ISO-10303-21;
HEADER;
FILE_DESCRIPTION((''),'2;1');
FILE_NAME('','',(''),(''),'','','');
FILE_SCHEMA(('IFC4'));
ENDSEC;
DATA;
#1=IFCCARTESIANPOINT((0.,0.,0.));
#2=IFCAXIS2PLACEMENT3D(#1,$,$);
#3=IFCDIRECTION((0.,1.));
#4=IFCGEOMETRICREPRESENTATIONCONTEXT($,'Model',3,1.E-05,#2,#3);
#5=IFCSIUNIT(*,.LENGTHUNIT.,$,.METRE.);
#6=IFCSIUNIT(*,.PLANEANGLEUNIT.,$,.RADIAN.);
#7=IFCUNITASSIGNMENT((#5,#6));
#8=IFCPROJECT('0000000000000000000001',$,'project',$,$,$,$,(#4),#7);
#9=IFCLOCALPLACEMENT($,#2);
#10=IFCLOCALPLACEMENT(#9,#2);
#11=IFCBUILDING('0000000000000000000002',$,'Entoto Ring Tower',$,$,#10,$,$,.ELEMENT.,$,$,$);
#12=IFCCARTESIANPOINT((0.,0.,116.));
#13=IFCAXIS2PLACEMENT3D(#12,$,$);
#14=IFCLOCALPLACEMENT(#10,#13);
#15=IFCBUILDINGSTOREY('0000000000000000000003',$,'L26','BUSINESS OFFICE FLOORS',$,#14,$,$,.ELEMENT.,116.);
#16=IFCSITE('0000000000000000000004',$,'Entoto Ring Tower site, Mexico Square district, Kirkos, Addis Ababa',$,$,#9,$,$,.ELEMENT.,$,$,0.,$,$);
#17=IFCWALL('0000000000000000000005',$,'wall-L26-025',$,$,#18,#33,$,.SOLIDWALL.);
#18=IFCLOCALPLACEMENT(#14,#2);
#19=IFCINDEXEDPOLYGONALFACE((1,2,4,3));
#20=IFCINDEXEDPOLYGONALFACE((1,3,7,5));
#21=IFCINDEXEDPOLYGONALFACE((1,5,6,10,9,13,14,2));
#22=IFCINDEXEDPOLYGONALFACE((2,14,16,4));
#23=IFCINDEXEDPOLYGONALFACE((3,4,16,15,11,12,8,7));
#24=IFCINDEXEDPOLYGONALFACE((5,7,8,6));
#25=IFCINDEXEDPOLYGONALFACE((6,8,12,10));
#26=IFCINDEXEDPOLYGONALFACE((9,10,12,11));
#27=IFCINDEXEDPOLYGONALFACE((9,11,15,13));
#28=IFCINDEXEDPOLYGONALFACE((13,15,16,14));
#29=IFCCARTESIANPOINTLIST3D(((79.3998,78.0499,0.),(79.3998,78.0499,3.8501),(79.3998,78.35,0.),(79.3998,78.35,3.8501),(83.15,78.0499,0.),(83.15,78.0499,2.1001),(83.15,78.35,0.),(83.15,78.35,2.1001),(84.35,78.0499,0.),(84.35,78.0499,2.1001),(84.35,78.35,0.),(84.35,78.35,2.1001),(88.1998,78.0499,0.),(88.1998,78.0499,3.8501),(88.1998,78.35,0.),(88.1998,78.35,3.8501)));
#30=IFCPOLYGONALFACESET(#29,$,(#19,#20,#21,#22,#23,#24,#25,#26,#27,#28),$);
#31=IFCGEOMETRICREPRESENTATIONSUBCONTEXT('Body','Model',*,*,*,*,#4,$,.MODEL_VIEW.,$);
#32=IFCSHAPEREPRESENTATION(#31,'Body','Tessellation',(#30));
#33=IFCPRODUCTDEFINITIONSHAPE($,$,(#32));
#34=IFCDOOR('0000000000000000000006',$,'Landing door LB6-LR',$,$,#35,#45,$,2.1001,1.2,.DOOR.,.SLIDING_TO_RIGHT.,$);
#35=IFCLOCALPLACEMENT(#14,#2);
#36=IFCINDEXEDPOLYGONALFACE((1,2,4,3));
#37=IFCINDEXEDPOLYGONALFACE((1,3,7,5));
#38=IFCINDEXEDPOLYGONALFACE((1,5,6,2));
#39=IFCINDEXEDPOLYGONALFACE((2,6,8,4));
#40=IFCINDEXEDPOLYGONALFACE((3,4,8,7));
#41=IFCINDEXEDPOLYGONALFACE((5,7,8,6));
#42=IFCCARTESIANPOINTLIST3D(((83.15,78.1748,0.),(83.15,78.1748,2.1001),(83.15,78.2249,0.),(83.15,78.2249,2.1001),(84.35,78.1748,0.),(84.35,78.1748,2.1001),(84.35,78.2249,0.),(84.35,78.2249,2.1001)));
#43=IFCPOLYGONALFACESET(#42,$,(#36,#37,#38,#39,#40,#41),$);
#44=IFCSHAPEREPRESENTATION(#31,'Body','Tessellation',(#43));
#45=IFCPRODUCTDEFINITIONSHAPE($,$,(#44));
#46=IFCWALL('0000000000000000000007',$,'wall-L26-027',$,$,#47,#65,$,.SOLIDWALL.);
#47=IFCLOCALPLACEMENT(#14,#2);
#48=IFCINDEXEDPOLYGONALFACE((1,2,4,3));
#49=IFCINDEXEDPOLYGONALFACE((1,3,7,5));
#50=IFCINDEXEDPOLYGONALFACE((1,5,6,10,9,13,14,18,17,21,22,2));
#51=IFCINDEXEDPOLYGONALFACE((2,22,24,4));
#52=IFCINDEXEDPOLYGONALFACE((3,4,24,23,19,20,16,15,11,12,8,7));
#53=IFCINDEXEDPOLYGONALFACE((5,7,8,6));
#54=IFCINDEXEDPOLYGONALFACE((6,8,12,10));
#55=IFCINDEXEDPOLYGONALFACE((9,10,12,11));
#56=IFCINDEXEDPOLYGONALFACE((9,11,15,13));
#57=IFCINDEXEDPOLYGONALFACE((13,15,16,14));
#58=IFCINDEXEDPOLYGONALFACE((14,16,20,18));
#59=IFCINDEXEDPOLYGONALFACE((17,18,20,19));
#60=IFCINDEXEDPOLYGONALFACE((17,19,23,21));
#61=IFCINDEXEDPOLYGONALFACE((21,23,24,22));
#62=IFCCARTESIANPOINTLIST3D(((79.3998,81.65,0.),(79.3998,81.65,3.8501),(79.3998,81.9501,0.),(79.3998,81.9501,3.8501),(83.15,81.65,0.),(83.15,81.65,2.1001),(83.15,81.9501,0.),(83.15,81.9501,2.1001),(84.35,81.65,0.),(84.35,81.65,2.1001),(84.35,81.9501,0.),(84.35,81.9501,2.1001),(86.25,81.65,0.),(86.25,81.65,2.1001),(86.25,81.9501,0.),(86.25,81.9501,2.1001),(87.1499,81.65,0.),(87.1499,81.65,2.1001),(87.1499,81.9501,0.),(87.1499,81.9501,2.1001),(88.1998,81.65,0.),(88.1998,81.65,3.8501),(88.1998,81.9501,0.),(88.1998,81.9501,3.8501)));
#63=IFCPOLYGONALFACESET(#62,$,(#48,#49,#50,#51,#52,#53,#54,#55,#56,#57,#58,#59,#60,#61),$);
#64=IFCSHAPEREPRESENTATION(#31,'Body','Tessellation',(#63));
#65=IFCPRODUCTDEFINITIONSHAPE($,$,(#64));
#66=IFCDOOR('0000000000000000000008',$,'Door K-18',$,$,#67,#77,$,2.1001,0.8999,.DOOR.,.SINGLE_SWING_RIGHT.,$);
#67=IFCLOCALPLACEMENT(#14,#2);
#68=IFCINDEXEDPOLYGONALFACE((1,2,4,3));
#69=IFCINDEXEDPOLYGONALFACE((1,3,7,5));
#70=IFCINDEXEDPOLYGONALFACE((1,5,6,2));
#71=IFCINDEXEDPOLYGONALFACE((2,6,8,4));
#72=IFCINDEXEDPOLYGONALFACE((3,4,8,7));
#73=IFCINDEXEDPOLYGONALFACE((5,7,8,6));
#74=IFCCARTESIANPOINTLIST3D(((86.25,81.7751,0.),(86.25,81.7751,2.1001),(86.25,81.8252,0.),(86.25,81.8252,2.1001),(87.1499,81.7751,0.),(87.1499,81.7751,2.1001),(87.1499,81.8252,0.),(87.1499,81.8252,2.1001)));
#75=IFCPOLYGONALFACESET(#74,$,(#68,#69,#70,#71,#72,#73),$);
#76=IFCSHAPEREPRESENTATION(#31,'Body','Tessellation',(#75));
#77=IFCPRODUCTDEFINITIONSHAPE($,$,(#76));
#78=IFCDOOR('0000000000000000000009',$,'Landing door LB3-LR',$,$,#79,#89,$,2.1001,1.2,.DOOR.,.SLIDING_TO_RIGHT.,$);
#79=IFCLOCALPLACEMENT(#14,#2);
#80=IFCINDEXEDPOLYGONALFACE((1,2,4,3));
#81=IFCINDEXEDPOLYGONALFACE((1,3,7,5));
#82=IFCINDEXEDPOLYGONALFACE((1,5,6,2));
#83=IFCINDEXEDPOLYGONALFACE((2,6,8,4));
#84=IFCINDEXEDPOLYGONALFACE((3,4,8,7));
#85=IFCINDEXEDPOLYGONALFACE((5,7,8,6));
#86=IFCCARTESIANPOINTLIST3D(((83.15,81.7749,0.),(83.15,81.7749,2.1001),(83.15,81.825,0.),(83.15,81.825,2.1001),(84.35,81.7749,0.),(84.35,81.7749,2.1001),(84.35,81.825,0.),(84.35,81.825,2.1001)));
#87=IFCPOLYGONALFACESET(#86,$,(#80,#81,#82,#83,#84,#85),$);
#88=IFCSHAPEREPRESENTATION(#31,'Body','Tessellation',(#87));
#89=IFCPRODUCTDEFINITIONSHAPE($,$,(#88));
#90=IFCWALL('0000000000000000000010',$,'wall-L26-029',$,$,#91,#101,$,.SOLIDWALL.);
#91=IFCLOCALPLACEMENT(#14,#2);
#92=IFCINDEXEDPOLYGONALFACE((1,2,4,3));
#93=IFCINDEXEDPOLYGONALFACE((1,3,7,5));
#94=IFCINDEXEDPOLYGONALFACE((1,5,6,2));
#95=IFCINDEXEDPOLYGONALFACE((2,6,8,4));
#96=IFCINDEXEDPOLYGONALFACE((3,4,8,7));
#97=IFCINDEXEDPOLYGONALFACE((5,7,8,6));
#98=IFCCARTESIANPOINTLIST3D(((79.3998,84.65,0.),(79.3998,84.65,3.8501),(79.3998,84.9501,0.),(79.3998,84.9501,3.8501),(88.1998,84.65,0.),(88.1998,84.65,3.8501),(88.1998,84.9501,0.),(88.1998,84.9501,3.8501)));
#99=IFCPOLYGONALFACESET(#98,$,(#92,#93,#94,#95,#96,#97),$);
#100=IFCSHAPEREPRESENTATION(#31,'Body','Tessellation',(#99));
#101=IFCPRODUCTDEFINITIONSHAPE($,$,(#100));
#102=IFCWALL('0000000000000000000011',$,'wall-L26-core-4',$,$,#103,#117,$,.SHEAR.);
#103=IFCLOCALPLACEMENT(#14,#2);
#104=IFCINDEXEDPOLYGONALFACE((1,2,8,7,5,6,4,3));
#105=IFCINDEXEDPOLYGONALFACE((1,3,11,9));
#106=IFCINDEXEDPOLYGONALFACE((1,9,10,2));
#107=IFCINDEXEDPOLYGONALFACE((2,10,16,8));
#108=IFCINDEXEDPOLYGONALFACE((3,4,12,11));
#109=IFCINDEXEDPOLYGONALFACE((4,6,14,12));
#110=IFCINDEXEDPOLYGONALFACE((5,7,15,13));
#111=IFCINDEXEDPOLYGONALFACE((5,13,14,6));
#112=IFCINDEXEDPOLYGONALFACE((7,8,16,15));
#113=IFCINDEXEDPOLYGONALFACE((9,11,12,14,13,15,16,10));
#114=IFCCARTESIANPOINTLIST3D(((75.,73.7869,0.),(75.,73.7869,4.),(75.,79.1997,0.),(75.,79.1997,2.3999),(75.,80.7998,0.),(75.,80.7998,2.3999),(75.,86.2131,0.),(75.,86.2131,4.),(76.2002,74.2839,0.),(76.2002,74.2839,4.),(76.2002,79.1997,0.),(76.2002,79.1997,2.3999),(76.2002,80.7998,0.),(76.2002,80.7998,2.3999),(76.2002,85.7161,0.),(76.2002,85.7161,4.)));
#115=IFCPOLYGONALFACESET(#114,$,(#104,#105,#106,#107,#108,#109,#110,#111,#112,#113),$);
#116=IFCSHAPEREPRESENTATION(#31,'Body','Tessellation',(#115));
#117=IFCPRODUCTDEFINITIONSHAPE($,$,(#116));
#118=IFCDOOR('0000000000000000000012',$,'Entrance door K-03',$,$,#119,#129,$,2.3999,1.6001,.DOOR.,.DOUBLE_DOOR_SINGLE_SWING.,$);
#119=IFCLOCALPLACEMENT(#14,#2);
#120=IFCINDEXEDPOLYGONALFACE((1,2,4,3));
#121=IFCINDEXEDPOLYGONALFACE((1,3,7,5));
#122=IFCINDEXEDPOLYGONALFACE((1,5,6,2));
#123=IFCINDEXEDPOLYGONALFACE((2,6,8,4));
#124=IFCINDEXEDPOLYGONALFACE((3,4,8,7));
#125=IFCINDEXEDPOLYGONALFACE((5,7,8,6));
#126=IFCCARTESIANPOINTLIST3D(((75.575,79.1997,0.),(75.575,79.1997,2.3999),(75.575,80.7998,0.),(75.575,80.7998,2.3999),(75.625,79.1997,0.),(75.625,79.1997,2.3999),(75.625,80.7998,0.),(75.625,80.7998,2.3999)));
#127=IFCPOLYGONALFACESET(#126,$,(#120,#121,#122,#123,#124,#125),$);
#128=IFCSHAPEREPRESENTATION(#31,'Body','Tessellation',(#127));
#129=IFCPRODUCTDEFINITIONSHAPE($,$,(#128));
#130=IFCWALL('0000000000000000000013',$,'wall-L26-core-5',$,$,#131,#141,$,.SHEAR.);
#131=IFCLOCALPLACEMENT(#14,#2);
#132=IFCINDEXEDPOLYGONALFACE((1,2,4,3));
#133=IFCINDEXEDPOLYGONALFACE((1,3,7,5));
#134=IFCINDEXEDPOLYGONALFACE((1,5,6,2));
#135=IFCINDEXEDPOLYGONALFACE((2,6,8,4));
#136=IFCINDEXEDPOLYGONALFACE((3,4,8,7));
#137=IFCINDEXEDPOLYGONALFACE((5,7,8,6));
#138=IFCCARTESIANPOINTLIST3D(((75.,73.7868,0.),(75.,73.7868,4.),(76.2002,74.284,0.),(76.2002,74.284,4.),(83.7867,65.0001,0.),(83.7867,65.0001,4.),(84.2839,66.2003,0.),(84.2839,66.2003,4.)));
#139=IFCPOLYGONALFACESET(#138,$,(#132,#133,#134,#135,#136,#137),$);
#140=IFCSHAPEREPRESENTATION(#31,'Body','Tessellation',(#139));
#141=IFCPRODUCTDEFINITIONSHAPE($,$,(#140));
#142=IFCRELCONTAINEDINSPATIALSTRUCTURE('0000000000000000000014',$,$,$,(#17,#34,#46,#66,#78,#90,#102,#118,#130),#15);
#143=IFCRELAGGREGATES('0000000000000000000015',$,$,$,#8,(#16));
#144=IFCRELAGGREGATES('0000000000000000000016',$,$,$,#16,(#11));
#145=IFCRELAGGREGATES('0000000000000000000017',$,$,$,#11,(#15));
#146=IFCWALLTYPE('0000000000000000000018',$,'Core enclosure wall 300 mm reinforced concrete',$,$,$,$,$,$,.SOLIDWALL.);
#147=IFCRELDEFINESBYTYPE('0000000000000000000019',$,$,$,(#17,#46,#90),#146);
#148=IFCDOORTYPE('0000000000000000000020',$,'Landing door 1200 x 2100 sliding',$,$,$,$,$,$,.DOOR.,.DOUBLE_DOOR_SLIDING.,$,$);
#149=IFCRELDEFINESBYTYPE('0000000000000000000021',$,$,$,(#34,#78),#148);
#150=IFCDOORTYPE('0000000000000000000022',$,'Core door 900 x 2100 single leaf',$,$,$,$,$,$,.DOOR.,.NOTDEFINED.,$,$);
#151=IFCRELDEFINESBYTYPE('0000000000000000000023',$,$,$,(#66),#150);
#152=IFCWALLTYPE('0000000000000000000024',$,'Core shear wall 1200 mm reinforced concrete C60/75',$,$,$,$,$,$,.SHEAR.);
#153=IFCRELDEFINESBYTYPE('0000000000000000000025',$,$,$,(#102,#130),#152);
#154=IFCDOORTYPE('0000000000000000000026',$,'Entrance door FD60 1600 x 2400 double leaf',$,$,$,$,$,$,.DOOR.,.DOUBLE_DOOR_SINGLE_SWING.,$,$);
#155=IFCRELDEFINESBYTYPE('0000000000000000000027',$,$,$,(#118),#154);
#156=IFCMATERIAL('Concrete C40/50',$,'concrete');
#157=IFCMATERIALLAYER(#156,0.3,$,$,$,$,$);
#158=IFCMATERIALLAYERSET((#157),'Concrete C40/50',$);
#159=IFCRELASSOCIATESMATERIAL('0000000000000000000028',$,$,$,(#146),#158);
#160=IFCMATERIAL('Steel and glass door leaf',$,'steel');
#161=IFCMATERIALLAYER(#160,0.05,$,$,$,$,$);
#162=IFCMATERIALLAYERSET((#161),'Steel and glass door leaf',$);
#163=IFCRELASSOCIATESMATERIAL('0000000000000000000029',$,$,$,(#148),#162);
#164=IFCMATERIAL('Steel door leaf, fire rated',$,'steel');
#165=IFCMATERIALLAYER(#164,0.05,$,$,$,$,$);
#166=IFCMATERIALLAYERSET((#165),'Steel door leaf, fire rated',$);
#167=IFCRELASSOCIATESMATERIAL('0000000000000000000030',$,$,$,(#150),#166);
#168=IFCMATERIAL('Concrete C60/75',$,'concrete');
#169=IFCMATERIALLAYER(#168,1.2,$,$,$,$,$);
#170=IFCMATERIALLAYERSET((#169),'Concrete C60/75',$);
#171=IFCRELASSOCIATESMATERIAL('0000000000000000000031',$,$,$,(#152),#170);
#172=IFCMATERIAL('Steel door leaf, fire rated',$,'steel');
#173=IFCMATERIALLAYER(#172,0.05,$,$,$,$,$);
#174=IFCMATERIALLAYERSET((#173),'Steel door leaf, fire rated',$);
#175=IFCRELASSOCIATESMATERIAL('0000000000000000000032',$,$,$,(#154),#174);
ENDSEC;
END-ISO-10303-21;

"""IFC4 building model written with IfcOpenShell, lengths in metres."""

from ifc_helpers import new_model, si_unit, direction, frame, frame_2d, origin, place, context, subcontext, project, spatial, polyline, rectangle, outline, extrude, material, layer, layer_set, type_object, element, fill, save


model = new_model("IFC4")

# Units and contexts
model_context = context("Model", 3, precision=1e-05, world=origin(), true_north=direction((0.0, 1.0)))
body_context = subcontext(model_context, "Body", "Model", "MODEL_VIEW")
ifc_project = project(units=[si_unit("LENGTHUNIT", "METRE"), si_unit("PLANEANGLEUNIT", "RADIAN")], contexts=[model_context])

# Site, building, storey
site_placement = place(None, origin())
site = spatial("IfcSite", under=ifc_project, at=site_placement, Name="Entoto Ring Tower site, Mexico Square district, Kirkos, Addis Ababa", CompositionType="ELEMENT", RefElevation=0.0)
building_placement = place(site_placement, origin())
building = spatial("IfcBuilding", under=site, at=building_placement, Name="Entoto Ring Tower", CompositionType="ELEMENT")
storey_placement = place(building_placement, frame((0.0, 0.0, 116.0)))
storey = spatial("IfcBuildingStorey", under=building, at=storey_placement, Name="L26", Description="BUSINESS OFFICE FLOORS", CompositionType="ELEMENT", Elevation=116.0)

# Shared definitions
ifc_material_1 = material(Name="Concrete C40/50", Category="concrete")
ifc_layer_1 = layer(ifc_material_1, 0.3)
ifc_layer_set_1 = layer_set([ifc_layer_1], Name="Concrete C40/50")
wall_type_1 = type_object("IfcWallType", Name="Core enclosure wall 300 mm reinforced concrete", PredefinedType="SOLIDWALL", material=ifc_layer_set_1)
ifc_material_2 = material(Name="Steel and glass door leaf", Category="steel")
ifc_layer_2 = layer(ifc_material_2, 0.05)
ifc_layer_set_2 = layer_set([ifc_layer_2], Name="Steel and glass door leaf")
door_type_1 = type_object("IfcDoorType", Name="Landing door 1200 x 2100 sliding", OperationType="DOUBLE_DOOR_SLIDING", PredefinedType="DOOR", material=ifc_layer_set_2)

# Wall, opening, door
wall_1_placement = place(storey_placement, frame((79.3999, 78.2, 0.0), z_axis=(0.0, 0.0, 1.0), x_axis=(1.0, 0.0, 0.0)))
wall_1 = element("IfcWall", 1, at=wall_1_placement, inside=storey, type_object=wall_type_1, Name="wall-L26-025", PredefinedType="SOLIDWALL", context=body_context, shape_type="SweptSolid", body=[
    extrude(rectangle(XDim=8.8, YDim=0.3, at=frame_2d((4.3999, 0.0))), origin(), (0.0, 0.0, 1.0), 3.8501),
])
opening_1_placement = place(wall_1_placement, frame((3.75, 0.0, 0.0)))
opening_1 = element("IfcOpeningElement", 2, at=opening_1_placement, cuts=wall_1, PredefinedType="OPENING", context=body_context, shape_type="SweptSolid", body=[
    extrude(rectangle(XDim=1.2, YDim=2.1001, at=frame_2d((0.6001, 1.05))), frame((0.0, 0.1602, 0.0), z_axis=(0.0, -1.0, 0.0), x_axis=(1.0, 0.0, 0.0)), (0.0, 0.0, 1.0), 0.3201),
])
door_1_placement = place(opening_1_placement, origin())
door_1 = element("IfcDoor", 3, at=door_1_placement, inside=storey, type_object=door_type_1, Name="Landing door LB6-LR", OperationType="SLIDING_TO_RIGHT", OverallHeight=2.1001, OverallWidth=1.2, PredefinedType="DOOR", context=body_context, shape_type="SweptSolid", body=[
    extrude(rectangle(XDim=1.2, YDim=2.1001, at=frame_2d((0.6001, 1.05))), frame((0.0, 0.0249, 0.0), z_axis=(0.0, -1.0, 0.0), x_axis=(1.0, 0.0, 0.0)), (0.0, 0.0, 1.0), 0.05),
])
fill(opening_1, door_1)

# Wall, openings, doors
wall_2_placement = place(storey_placement, frame((79.3999, 81.8, 0.0), z_axis=(0.0, 0.0, 1.0), x_axis=(1.0, 0.0, 0.0)))
wall_2 = element("IfcWall", 4, at=wall_2_placement, inside=storey, type_object=wall_type_1, Name="wall-L26-027", PredefinedType="SOLIDWALL", context=body_context, shape_type="SweptSolid", body=[
    extrude(rectangle(XDim=8.8, YDim=0.3, at=frame_2d((4.3999, 0.0))), origin(), (0.0, 0.0, 1.0), 3.8501),
])
opening_2_placement = place(wall_2_placement, frame((3.75, 0.0, 0.0)))
opening_2 = element("IfcOpeningElement", 5, at=opening_2_placement, cuts=wall_2, PredefinedType="OPENING", context=body_context, shape_type="SweptSolid", body=[
    extrude(rectangle(XDim=1.2, YDim=2.1001, at=frame_2d((0.6001, 1.05))), frame((0.0, 0.1602, 0.0), z_axis=(0.0, -1.0, 0.0), x_axis=(1.0, 0.0, 0.0)), (0.0, 0.0, 1.0), 0.3201),
])
opening_3_placement = place(wall_2_placement, frame((6.8501, 0.0, 0.0)))
opening_3 = element("IfcOpeningElement", 6, at=opening_3_placement, cuts=wall_2, PredefinedType="OPENING", context=body_context, shape_type="SweptSolid", body=[
    extrude(rectangle(XDim=0.8999, YDim=2.1001, at=frame_2d((0.45, 1.05))), frame((0.0, 0.1602, 0.0), z_axis=(0.0, -1.0, 0.0), x_axis=(1.0, 0.0, 0.0)), (0.0, 0.0, 1.0), 0.3201),
])
ifc_material_3 = material(Name="Steel door leaf, fire rated", Category="steel")
ifc_layer_3 = layer(ifc_material_3, 0.05)
ifc_layer_set_3 = layer_set([ifc_layer_3], Name="Steel door leaf, fire rated")
door_type_2 = type_object("IfcDoorType", Name="Core door 900 x 2100 single leaf", OperationType="NOTDEFINED", PredefinedType="DOOR", material=ifc_layer_set_3)
door_2_placement = place(opening_3_placement, frame((0.8999, 0.0, 0.0), z_axis=(0.0, 0.0, 1.0), x_axis=(-1.0, 0.0, 0.0)))
door_2 = element("IfcDoor", 7, at=door_2_placement, inside=storey, type_object=door_type_2, Name="Door K-18", OperationType="SINGLE_SWING_RIGHT", OverallHeight=2.1001, OverallWidth=0.8999, PredefinedType="DOOR", context=body_context, shape_type="SweptSolid", body=[
    extrude(rectangle(XDim=0.8999, YDim=2.1001, at=frame_2d((0.45, 1.05))), frame((0.0, 0.0249, 0.0), z_axis=(0.0, -1.0, 0.0), x_axis=(1.0, 0.0, 0.0)), (0.0, 0.0, 1.0), 0.05),
])
fill(opening_3, door_2)
door_3_placement = place(opening_2_placement, origin())
door_3 = element("IfcDoor", 8, at=door_3_placement, inside=storey, type_object=door_type_1, Name="Landing door LB3-LR", OperationType="SLIDING_TO_RIGHT", OverallHeight=2.1001, OverallWidth=1.2, PredefinedType="DOOR", context=body_context, shape_type="SweptSolid", body=[
    extrude(rectangle(XDim=1.2, YDim=2.1001, at=frame_2d((0.6001, 1.05))), frame((0.0, 0.0249, 0.0), z_axis=(0.0, -1.0, 0.0), x_axis=(1.0, 0.0, 0.0)), (0.0, 0.0, 1.0), 0.05),
])
fill(opening_2, door_3)

# Wall
wall_3_placement = place(storey_placement, frame((79.3999, 84.8, 0.0), z_axis=(0.0, 0.0, 1.0), x_axis=(1.0, 0.0, 0.0)))
element("IfcWall", 9, at=wall_3_placement, inside=storey, type_object=wall_type_1, Name="wall-L26-029", PredefinedType="SOLIDWALL", context=body_context, shape_type="SweptSolid", body=[
    extrude(rectangle(XDim=8.8, YDim=0.3, at=frame_2d((4.3999, 0.0))), origin(), (0.0, 0.0, 1.0), 3.8501),
])

# Wall, opening, door
ifc_material_4 = material(Name="Concrete C60/75", Category="concrete")
ifc_layer_4 = layer(ifc_material_4, 1.2)
ifc_layer_set_4 = layer_set([ifc_layer_4], Name="Concrete C60/75")
wall_type_2 = type_object("IfcWallType", Name="Core shear wall 1200 mm reinforced concrete C60/75", PredefinedType="SHEAR", material=ifc_layer_set_4)
wall_4_placement = place(storey_placement, frame((75.6001, 85.9646, 0.0), z_axis=(0.0, 0.0, 1.0), x_axis=(0.0, -1.0, 0.0)))
wall_4 = element("IfcWall", 10, at=wall_4_placement, inside=storey, type_object=wall_type_2, Name="wall-L26-core-4", PredefinedType="SHEAR", context=body_context, shape_type="SweptSolid", body=[
    extrude(outline(polyline([(-0.2485, -0.6001), (12.1777, -0.6001), (11.6807, 0.6001), (0.2485, 0.6001), (-0.2485, -0.6001)])), origin(), (0.0, 0.0, 1.0), 4.0),
])
opening_4_placement = place(wall_4_placement, frame((5.1648, 0.0, 0.0)))
opening_4 = element("IfcOpeningElement", 11, at=opening_4_placement, cuts=wall_4, PredefinedType="OPENING", context=body_context, shape_type="SweptSolid", body=[
    extrude(rectangle(XDim=1.6001, YDim=2.3999, at=frame_2d((0.8, 1.2))), frame((0.0, 0.6099, 0.0), z_axis=(0.0, -1.0, 0.0), x_axis=(1.0, 0.0, 0.0)), (0.0, 0.0, 1.0), 1.22),
])
ifc_material_5 = material(Name="Steel door leaf, fire rated", Category="steel")
ifc_layer_5 = layer(ifc_material_5, 0.05)
ifc_layer_set_5 = layer_set([ifc_layer_5], Name="Steel door leaf, fire rated")
door_type_3 = type_object("IfcDoorType", Name="Entrance door FD60 1600 x 2400 double leaf", OperationType="DOUBLE_DOOR_SINGLE_SWING", PredefinedType="DOOR", material=ifc_layer_set_5)
door_4_placement = place(opening_4_placement, origin())
door_4 = element("IfcDoor", 12, at=door_4_placement, inside=storey, type_object=door_type_3, Name="Entrance door K-03", OperationType="DOUBLE_DOOR_SINGLE_SWING", OverallHeight=2.3999, OverallWidth=1.6001, PredefinedType="DOOR", context=body_context, shape_type="SweptSolid", body=[
    extrude(rectangle(XDim=1.6001, YDim=2.3999, at=frame_2d((0.8, 1.2))), frame((0.0, 0.0249, 0.0), z_axis=(0.0, -1.0, 0.0), x_axis=(1.0, 0.0, 0.0)), (0.0, 0.0, 1.0), 0.05),
])
fill(opening_4, door_4)

# Wall
wall_5_placement = place(storey_placement, frame((75.6001, 74.0354, 0.0), z_axis=(0.0, 0.0, 1.0), x_axis=(0.707107, -0.707107, 0.0)))
element("IfcWall", 13, at=wall_5_placement, inside=storey, type_object=wall_type_2, Name="wall-L26-core-5", PredefinedType="SHEAR", context=body_context, shape_type="SweptSolid", body=[
    extrude(outline(polyline([(-0.2485, -0.6001), (12.1777, -0.6001), (11.6807, 0.6001), (0.2485, 0.6001), (-0.2485, -0.6001)])), origin(), (0.0, 0.0, 1.0), 4.0),
])

save(model, "model.ifc")
